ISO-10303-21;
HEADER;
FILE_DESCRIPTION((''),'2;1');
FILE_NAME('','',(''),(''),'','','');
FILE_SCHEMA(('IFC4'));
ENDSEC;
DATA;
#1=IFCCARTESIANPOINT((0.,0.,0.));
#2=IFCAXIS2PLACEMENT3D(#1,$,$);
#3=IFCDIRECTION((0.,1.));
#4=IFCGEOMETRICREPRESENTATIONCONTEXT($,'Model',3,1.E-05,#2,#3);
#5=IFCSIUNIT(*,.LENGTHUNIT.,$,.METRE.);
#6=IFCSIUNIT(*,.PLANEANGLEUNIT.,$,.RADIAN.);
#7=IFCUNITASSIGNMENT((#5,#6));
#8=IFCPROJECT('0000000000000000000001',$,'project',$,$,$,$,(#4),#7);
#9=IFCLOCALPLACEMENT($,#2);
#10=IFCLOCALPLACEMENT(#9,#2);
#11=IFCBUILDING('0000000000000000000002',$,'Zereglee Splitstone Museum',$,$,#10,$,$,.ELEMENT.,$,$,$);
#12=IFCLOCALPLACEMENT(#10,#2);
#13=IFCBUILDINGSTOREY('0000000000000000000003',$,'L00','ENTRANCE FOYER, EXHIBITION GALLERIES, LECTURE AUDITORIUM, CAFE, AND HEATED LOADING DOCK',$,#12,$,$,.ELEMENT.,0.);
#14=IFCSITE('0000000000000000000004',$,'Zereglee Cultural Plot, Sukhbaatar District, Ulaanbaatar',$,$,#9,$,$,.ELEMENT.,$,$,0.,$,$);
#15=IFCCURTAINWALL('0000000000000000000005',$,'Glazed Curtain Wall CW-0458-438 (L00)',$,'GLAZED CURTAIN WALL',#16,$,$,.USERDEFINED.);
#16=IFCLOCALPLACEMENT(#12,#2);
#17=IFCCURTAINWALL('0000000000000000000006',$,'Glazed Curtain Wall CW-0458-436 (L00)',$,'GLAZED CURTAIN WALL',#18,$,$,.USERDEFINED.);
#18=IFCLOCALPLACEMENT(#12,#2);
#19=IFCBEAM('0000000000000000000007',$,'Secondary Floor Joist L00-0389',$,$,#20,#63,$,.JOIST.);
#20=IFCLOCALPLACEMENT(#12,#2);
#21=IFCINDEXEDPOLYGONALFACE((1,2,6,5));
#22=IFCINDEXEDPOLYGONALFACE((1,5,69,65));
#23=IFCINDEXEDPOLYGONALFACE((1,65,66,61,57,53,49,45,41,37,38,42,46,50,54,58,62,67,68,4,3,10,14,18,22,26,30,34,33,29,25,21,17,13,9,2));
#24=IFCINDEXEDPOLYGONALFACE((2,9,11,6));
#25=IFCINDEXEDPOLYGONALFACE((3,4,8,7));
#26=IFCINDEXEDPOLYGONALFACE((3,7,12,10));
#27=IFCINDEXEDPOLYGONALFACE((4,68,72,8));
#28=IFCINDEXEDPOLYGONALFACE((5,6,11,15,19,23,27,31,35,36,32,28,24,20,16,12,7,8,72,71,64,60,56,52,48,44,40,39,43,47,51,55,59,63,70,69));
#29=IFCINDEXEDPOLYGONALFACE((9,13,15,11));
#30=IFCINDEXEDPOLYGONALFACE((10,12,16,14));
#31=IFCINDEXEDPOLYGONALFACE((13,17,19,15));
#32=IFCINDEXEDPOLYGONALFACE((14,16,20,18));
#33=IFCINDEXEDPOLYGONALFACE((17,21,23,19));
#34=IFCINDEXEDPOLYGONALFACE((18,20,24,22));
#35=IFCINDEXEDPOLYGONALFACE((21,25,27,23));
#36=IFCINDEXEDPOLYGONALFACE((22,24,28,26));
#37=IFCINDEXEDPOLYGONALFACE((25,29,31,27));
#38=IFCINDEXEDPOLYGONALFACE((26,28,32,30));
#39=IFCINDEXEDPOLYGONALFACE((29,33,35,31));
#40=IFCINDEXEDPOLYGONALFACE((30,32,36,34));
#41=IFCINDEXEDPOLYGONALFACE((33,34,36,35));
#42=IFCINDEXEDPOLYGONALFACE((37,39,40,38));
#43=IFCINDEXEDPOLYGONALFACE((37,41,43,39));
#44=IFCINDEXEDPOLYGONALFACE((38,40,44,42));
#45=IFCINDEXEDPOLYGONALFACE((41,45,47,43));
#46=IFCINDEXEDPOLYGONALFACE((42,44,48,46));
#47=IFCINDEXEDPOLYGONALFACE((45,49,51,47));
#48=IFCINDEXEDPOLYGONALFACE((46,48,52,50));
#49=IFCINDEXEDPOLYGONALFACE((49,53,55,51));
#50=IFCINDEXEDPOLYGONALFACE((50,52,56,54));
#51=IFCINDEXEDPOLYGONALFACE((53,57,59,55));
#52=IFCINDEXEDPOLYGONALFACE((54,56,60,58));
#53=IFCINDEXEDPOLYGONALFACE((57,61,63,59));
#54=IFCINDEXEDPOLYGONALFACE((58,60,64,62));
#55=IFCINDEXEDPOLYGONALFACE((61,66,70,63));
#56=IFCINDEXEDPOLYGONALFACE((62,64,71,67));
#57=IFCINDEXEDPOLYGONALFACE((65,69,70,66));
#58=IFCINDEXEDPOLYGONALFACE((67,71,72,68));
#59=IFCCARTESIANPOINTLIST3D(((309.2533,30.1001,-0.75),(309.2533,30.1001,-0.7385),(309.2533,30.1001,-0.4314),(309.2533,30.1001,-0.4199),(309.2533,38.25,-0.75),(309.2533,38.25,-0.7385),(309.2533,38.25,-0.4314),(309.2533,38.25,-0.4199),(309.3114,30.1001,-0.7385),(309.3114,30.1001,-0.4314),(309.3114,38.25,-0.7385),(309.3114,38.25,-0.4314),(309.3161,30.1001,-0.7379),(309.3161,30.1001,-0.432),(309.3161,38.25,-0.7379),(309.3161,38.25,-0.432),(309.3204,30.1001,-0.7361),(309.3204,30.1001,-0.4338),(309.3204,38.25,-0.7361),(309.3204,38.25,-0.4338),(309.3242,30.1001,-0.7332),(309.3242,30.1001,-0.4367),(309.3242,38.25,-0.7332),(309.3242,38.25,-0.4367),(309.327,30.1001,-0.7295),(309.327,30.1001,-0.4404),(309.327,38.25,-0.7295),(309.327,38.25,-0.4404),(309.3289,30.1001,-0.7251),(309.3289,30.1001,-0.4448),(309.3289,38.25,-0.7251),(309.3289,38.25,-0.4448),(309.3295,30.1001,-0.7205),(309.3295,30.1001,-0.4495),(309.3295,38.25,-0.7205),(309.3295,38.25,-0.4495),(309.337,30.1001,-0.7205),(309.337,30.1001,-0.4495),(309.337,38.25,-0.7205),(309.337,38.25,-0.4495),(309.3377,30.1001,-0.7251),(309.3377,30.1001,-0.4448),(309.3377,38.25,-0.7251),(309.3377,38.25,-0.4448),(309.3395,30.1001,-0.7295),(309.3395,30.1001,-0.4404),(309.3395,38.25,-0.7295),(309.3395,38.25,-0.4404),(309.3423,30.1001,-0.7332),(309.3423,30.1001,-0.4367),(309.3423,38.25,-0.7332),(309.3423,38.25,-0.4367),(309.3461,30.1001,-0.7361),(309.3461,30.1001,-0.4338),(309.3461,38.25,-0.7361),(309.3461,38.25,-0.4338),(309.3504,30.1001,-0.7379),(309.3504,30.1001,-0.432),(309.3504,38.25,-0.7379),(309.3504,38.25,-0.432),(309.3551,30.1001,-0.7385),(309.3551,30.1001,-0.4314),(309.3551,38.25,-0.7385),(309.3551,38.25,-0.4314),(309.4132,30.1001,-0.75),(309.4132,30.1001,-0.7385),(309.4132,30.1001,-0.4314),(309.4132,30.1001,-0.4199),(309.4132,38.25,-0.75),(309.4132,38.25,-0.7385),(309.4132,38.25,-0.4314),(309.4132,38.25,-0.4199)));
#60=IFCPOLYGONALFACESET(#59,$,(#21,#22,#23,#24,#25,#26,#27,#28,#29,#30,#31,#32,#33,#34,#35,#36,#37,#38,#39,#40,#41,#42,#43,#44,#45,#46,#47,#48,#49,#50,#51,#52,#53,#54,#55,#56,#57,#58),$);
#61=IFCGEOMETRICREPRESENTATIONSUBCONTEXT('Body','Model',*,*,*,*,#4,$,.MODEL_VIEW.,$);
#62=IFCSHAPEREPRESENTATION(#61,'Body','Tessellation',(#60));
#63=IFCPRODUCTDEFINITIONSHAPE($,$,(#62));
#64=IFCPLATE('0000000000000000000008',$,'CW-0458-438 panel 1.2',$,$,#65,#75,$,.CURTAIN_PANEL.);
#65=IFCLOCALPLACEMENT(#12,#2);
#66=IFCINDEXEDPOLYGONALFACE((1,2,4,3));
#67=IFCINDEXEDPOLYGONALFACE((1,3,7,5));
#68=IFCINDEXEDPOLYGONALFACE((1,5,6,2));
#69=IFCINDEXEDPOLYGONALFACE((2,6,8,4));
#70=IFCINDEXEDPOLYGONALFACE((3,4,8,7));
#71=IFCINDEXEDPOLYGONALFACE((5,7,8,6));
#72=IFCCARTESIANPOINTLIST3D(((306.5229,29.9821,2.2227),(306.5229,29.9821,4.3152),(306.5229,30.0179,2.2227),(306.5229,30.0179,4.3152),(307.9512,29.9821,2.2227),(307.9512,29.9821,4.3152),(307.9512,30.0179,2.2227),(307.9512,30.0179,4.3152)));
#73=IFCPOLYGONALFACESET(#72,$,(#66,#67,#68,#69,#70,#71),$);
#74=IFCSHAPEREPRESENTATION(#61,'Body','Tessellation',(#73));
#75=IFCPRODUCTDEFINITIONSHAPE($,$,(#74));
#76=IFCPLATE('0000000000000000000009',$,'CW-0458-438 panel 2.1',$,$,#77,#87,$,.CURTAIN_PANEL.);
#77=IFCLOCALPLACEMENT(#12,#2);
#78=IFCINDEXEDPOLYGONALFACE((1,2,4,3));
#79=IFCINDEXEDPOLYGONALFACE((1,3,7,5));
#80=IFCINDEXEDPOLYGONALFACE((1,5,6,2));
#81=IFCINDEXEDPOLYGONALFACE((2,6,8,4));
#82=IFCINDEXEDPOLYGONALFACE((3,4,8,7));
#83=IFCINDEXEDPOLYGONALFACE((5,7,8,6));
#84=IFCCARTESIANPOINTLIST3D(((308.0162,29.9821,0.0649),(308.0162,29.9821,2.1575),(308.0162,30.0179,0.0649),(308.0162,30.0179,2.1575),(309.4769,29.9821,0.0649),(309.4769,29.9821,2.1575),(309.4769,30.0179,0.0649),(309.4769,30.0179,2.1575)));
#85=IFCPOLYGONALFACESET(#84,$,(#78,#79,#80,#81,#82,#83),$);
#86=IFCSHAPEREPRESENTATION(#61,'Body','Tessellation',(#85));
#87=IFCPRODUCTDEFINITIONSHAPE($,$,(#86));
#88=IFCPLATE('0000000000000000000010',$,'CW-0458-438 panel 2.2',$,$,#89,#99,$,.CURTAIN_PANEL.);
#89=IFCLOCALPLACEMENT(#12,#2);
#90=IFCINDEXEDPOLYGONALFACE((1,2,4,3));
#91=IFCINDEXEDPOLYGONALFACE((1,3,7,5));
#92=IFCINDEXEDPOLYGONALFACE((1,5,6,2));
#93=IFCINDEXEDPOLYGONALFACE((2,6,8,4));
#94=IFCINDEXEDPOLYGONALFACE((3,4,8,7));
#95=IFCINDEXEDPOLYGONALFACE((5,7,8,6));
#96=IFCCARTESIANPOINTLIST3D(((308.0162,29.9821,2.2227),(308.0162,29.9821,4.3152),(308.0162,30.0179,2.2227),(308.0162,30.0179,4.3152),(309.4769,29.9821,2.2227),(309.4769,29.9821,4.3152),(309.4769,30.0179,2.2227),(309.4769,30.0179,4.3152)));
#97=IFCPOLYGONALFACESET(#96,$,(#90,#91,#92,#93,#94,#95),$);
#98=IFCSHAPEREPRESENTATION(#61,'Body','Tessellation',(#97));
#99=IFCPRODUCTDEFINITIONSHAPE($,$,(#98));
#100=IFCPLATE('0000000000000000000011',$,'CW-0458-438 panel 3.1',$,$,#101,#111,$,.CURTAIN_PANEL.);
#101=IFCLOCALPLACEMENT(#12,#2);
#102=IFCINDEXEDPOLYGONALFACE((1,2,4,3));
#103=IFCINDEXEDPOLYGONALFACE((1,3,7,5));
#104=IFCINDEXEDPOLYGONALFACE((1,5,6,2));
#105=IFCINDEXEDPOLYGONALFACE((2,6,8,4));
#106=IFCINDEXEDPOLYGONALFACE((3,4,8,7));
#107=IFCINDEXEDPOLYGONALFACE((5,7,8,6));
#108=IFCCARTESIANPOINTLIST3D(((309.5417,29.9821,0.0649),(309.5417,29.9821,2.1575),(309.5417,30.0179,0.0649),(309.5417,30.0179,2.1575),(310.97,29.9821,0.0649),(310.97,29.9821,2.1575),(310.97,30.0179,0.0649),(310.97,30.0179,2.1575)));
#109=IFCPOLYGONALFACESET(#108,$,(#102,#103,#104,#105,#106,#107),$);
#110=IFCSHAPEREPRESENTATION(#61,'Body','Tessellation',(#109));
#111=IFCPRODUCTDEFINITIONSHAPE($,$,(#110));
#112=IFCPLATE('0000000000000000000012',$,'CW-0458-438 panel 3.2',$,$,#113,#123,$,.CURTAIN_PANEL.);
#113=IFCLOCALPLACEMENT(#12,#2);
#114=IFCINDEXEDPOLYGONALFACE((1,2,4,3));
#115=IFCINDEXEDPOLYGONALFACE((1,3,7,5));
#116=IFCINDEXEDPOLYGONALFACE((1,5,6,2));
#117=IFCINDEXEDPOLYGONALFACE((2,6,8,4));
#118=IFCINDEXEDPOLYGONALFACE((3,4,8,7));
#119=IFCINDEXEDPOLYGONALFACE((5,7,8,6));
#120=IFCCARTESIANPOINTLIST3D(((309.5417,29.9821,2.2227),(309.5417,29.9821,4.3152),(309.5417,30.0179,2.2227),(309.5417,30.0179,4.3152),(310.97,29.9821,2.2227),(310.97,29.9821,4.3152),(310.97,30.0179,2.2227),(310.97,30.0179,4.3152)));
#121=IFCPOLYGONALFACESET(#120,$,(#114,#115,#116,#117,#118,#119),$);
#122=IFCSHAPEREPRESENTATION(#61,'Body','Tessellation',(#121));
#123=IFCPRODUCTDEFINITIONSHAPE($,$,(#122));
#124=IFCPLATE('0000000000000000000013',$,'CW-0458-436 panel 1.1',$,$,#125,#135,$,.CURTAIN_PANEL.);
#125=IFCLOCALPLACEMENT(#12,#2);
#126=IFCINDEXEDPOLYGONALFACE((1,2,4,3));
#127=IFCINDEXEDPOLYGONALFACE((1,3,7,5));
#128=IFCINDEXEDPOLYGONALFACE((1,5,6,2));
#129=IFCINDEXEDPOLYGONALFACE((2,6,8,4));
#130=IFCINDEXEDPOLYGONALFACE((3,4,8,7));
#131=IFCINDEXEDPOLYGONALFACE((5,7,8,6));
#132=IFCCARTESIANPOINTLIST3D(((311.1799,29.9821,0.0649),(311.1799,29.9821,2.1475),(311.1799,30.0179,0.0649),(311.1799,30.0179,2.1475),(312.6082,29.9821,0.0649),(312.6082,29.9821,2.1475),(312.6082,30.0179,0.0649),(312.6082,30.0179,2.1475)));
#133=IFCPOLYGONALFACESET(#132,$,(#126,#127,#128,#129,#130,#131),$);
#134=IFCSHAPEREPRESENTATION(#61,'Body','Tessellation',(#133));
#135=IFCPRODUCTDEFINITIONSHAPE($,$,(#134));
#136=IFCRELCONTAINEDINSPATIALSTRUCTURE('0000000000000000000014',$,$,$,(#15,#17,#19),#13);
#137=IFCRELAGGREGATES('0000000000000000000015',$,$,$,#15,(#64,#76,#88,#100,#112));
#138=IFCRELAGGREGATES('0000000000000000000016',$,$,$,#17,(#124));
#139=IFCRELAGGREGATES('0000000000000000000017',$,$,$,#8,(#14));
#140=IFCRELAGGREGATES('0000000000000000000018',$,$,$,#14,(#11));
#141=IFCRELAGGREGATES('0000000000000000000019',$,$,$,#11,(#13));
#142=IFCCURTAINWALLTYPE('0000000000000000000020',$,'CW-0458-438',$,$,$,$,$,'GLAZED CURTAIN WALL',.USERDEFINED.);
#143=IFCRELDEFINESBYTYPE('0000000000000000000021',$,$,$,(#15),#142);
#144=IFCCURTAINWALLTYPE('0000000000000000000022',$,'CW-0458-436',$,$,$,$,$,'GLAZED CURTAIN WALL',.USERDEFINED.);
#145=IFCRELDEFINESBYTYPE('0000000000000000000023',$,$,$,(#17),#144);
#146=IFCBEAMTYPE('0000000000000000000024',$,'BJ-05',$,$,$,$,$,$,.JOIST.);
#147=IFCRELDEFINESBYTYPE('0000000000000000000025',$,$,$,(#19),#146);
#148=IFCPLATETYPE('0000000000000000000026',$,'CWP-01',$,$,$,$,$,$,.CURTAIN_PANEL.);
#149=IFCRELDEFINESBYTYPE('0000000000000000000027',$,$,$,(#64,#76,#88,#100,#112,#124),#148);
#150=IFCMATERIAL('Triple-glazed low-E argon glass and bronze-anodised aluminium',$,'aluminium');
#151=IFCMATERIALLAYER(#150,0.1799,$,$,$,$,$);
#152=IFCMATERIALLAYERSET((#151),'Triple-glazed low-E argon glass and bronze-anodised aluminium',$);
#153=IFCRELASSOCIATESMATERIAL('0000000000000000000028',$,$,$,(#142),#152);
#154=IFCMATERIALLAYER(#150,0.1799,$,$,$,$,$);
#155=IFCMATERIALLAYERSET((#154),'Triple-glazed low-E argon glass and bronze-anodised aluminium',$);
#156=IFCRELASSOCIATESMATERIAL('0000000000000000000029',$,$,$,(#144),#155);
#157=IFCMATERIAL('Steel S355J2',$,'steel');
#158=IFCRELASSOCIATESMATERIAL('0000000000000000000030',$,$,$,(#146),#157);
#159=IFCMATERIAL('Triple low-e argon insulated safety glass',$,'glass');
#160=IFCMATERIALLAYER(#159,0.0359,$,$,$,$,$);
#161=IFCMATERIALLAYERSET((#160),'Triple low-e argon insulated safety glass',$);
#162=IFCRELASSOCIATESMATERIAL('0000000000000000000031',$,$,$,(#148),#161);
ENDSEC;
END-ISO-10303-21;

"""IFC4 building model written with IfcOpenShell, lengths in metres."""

from ifc_helpers import new_model, si_unit, direction, frame, origin, origin_2d, place, context, subcontext, project, spatial, rectangle, i_section, extrude, material, layer, layer_set, material_profile, profile_set, type_object, element, aggregate, save


model = new_model("IFC4")

# Units and contexts
model_context = context("Model", 3, precision=1e-05, world=origin(), true_north=direction((0.0, 1.0)))
body_context = subcontext(model_context, "Body", "Model", "MODEL_VIEW")
ifc_project = project(units=[si_unit("LENGTHUNIT", "METRE"), si_unit("PLANEANGLEUNIT", "RADIAN")], contexts=[model_context])

# Site, building, storey
site_placement = place(None, origin())
site = spatial("IfcSite", under=ifc_project, at=site_placement, Name="Zereglee Cultural Plot, Sukhbaatar District, Ulaanbaatar", CompositionType="ELEMENT", RefElevation=0.0)
building_placement = place(site_placement, origin())
building = spatial("IfcBuilding", under=site, at=building_placement, Name="Zereglee Splitstone Museum", CompositionType="ELEMENT")
storey_placement = place(building_placement, origin())
storey = spatial("IfcBuildingStorey", under=building, at=storey_placement, Name="L00", Description="ENTRANCE FOYER, EXHIBITION GALLERIES, LECTURE AUDITORIUM, CAFE, AND HEATED LOADING DOCK", CompositionType="ELEMENT", Elevation=0.0)

# Curtain wall
ifc_material_1 = material(Name="Triple-glazed low-E argon glass and bronze-anodised aluminium", Category="aluminium")
ifc_layer_1 = layer(ifc_material_1, 0.1799)
ifc_layer_set_1 = layer_set([ifc_layer_1], Name="Triple-glazed low-E argon glass and bronze-anodised aluminium")
curtain_wall_type_1 = type_object("IfcCurtainWallType", Name="CW-0458-438", ElementType="GLAZED CURTAIN WALL", PredefinedType="USERDEFINED", material=ifc_layer_set_1)
curtain_wall_1_placement = place(storey_placement, origin())
curtain_wall_1 = element("IfcCurtainWall", 1, at=curtain_wall_1_placement, inside=storey, type_object=curtain_wall_type_1, Name="Glazed Curtain Wall CW-0458-438 (L00)", ObjectType="GLAZED CURTAIN WALL", PredefinedType="USERDEFINED")

# Curtain wall
ifc_layer_2 = layer(ifc_material_1, 0.1799)
ifc_layer_set_2 = layer_set([ifc_layer_2], Name="Triple-glazed low-E argon glass and bronze-anodised aluminium")
curtain_wall_type_2 = type_object("IfcCurtainWallType", Name="CW-0458-436", ElementType="GLAZED CURTAIN WALL", PredefinedType="USERDEFINED", material=ifc_layer_set_2)
curtain_wall_2_placement = place(storey_placement, origin())
curtain_wall_2 = element("IfcCurtainWall", 2, at=curtain_wall_2_placement, inside=storey, type_object=curtain_wall_type_2, Name="Glazed Curtain Wall CW-0458-436 (L00)", ObjectType="GLAZED CURTAIN WALL", PredefinedType="USERDEFINED")

# Beam
ifc_material_2 = material(Name="Steel S355J2", Category="steel")
ifc_material_profile_1 = material_profile(ifc_material_2, i_section(OverallWidth=0.1599, OverallDepth=0.3301, WebThickness=0.0076, FlangeThickness=0.0115, FilletRadius=0.0181, at=origin_2d()), Name="IPE 330")
ifc_profile_set_1 = profile_set([ifc_material_profile_1], Name="Steel S355J2")
beam_type = type_object("IfcBeamType", Name="BJ-05", PredefinedType="JOIST", material=ifc_profile_set_1)
beam_placement = place(storey_placement, frame((309.3333, 30.1001, -0.585), z_axis=(0.0, 1.0, 0.0), x_axis=(-1.0, 0.0, 0.0)))
element("IfcBeam", 3, at=beam_placement, inside=storey, type_object=beam_type, Name="Secondary Floor Joist L00-0389", PredefinedType="JOIST", context=body_context, shape_type="SweptSolid", body=[
    extrude(i_section(OverallWidth=0.1599, OverallDepth=0.3301, WebThickness=0.0076, FlangeThickness=0.0115, FilletRadius=0.0181, at=origin_2d()), origin(), (0.0, 0.0, 1.0), 8.1499),
])

# Plates
ifc_material_3 = material(Name="Triple low-e argon insulated safety glass", Category="glass")
ifc_layer_3 = layer(ifc_material_3, 0.0359)
ifc_layer_set_3 = layer_set([ifc_layer_3], Name="Triple low-e argon insulated safety glass")
plate_type = type_object("IfcPlateType", Name="CWP-01", PredefinedType="CURTAIN_PANEL", material=ifc_layer_set_3)
plate_1_placement = place(storey_placement, frame((307.2371, 30.0, 2.2227), z_axis=(0.0, 0.0, 1.0), x_axis=(1.0, 0.0, 0.0)))
plate_1 = element("IfcPlate", 4, at=plate_1_placement, type_object=plate_type, Name="CW-0458-438 panel 1.2", PredefinedType="CURTAIN_PANEL", context=body_context, shape_type="SweptSolid", body=[
    extrude(rectangle(XDim=1.4282, YDim=0.0359, at=origin_2d()), origin(), (0.0, 0.0, 1.0), 2.0925),
])
plate_2_placement = place(storey_placement, frame((308.7466, 30.0, 0.0649), z_axis=(0.0, 0.0, 1.0), x_axis=(1.0, 0.0, 0.0)))
plate_2 = element("IfcPlate", 5, at=plate_2_placement, type_object=plate_type, Name="CW-0458-438 panel 2.1", PredefinedType="CURTAIN_PANEL", context=body_context, shape_type="SweptSolid", body=[
    extrude(rectangle(XDim=1.4607, YDim=0.0359, at=origin_2d()), origin(), (0.0, 0.0, 1.0), 2.0925),
])
plate_3_placement = place(storey_placement, frame((308.7466, 30.0, 2.2227), z_axis=(0.0, 0.0, 1.0), x_axis=(1.0, 0.0, 0.0)))
plate_3 = element("IfcPlate", 6, at=plate_3_placement, type_object=plate_type, Name="CW-0458-438 panel 2.2", PredefinedType="CURTAIN_PANEL", context=body_context, shape_type="SweptSolid", body=[
    extrude(rectangle(XDim=1.4607, YDim=0.0359, at=origin_2d()), origin(), (0.0, 0.0, 1.0), 2.0925),
])
plate_4_placement = place(storey_placement, frame((310.2559, 30.0, 0.0649), z_axis=(0.0, 0.0, 1.0), x_axis=(1.0, 0.0, 0.0)))
plate_4 = element("IfcPlate", 7, at=plate_4_placement, type_object=plate_type, Name="CW-0458-438 panel 3.1", PredefinedType="CURTAIN_PANEL", context=body_context, shape_type="SweptSolid", body=[
    extrude(rectangle(XDim=1.4282, YDim=0.0359, at=origin_2d()), origin(), (0.0, 0.0, 1.0), 2.0925),
])
plate_5_placement = place(storey_placement, frame((310.2559, 30.0, 2.2227), z_axis=(0.0, 0.0, 1.0), x_axis=(1.0, 0.0, 0.0)))
plate_5 = element("IfcPlate", 8, at=plate_5_placement, type_object=plate_type, Name="CW-0458-438 panel 3.2", PredefinedType="CURTAIN_PANEL", context=body_context, shape_type="SweptSolid", body=[
    extrude(rectangle(XDim=1.4282, YDim=0.0359, at=origin_2d()), origin(), (0.0, 0.0, 1.0), 2.0925),
])
aggregate(curtain_wall_1, [plate_1, plate_2, plate_3, plate_4, plate_5])
plate_6_placement = place(storey_placement, frame((311.894, 30.0, 0.0649), z_axis=(0.0, 0.0, 1.0), x_axis=(1.0, 0.0, 0.0)))
plate_6 = element("IfcPlate", 9, at=plate_6_placement, type_object=plate_type, Name="CW-0458-436 panel 1.1", PredefinedType="CURTAIN_PANEL", context=body_context, shape_type="SweptSolid", body=[
    extrude(rectangle(XDim=1.4282, YDim=0.0359, at=origin_2d()), origin(), (0.0, 0.0, 1.0), 2.0825),
])
aggregate(curtain_wall_2, [plate_6])

save(model, "model.ifc")
